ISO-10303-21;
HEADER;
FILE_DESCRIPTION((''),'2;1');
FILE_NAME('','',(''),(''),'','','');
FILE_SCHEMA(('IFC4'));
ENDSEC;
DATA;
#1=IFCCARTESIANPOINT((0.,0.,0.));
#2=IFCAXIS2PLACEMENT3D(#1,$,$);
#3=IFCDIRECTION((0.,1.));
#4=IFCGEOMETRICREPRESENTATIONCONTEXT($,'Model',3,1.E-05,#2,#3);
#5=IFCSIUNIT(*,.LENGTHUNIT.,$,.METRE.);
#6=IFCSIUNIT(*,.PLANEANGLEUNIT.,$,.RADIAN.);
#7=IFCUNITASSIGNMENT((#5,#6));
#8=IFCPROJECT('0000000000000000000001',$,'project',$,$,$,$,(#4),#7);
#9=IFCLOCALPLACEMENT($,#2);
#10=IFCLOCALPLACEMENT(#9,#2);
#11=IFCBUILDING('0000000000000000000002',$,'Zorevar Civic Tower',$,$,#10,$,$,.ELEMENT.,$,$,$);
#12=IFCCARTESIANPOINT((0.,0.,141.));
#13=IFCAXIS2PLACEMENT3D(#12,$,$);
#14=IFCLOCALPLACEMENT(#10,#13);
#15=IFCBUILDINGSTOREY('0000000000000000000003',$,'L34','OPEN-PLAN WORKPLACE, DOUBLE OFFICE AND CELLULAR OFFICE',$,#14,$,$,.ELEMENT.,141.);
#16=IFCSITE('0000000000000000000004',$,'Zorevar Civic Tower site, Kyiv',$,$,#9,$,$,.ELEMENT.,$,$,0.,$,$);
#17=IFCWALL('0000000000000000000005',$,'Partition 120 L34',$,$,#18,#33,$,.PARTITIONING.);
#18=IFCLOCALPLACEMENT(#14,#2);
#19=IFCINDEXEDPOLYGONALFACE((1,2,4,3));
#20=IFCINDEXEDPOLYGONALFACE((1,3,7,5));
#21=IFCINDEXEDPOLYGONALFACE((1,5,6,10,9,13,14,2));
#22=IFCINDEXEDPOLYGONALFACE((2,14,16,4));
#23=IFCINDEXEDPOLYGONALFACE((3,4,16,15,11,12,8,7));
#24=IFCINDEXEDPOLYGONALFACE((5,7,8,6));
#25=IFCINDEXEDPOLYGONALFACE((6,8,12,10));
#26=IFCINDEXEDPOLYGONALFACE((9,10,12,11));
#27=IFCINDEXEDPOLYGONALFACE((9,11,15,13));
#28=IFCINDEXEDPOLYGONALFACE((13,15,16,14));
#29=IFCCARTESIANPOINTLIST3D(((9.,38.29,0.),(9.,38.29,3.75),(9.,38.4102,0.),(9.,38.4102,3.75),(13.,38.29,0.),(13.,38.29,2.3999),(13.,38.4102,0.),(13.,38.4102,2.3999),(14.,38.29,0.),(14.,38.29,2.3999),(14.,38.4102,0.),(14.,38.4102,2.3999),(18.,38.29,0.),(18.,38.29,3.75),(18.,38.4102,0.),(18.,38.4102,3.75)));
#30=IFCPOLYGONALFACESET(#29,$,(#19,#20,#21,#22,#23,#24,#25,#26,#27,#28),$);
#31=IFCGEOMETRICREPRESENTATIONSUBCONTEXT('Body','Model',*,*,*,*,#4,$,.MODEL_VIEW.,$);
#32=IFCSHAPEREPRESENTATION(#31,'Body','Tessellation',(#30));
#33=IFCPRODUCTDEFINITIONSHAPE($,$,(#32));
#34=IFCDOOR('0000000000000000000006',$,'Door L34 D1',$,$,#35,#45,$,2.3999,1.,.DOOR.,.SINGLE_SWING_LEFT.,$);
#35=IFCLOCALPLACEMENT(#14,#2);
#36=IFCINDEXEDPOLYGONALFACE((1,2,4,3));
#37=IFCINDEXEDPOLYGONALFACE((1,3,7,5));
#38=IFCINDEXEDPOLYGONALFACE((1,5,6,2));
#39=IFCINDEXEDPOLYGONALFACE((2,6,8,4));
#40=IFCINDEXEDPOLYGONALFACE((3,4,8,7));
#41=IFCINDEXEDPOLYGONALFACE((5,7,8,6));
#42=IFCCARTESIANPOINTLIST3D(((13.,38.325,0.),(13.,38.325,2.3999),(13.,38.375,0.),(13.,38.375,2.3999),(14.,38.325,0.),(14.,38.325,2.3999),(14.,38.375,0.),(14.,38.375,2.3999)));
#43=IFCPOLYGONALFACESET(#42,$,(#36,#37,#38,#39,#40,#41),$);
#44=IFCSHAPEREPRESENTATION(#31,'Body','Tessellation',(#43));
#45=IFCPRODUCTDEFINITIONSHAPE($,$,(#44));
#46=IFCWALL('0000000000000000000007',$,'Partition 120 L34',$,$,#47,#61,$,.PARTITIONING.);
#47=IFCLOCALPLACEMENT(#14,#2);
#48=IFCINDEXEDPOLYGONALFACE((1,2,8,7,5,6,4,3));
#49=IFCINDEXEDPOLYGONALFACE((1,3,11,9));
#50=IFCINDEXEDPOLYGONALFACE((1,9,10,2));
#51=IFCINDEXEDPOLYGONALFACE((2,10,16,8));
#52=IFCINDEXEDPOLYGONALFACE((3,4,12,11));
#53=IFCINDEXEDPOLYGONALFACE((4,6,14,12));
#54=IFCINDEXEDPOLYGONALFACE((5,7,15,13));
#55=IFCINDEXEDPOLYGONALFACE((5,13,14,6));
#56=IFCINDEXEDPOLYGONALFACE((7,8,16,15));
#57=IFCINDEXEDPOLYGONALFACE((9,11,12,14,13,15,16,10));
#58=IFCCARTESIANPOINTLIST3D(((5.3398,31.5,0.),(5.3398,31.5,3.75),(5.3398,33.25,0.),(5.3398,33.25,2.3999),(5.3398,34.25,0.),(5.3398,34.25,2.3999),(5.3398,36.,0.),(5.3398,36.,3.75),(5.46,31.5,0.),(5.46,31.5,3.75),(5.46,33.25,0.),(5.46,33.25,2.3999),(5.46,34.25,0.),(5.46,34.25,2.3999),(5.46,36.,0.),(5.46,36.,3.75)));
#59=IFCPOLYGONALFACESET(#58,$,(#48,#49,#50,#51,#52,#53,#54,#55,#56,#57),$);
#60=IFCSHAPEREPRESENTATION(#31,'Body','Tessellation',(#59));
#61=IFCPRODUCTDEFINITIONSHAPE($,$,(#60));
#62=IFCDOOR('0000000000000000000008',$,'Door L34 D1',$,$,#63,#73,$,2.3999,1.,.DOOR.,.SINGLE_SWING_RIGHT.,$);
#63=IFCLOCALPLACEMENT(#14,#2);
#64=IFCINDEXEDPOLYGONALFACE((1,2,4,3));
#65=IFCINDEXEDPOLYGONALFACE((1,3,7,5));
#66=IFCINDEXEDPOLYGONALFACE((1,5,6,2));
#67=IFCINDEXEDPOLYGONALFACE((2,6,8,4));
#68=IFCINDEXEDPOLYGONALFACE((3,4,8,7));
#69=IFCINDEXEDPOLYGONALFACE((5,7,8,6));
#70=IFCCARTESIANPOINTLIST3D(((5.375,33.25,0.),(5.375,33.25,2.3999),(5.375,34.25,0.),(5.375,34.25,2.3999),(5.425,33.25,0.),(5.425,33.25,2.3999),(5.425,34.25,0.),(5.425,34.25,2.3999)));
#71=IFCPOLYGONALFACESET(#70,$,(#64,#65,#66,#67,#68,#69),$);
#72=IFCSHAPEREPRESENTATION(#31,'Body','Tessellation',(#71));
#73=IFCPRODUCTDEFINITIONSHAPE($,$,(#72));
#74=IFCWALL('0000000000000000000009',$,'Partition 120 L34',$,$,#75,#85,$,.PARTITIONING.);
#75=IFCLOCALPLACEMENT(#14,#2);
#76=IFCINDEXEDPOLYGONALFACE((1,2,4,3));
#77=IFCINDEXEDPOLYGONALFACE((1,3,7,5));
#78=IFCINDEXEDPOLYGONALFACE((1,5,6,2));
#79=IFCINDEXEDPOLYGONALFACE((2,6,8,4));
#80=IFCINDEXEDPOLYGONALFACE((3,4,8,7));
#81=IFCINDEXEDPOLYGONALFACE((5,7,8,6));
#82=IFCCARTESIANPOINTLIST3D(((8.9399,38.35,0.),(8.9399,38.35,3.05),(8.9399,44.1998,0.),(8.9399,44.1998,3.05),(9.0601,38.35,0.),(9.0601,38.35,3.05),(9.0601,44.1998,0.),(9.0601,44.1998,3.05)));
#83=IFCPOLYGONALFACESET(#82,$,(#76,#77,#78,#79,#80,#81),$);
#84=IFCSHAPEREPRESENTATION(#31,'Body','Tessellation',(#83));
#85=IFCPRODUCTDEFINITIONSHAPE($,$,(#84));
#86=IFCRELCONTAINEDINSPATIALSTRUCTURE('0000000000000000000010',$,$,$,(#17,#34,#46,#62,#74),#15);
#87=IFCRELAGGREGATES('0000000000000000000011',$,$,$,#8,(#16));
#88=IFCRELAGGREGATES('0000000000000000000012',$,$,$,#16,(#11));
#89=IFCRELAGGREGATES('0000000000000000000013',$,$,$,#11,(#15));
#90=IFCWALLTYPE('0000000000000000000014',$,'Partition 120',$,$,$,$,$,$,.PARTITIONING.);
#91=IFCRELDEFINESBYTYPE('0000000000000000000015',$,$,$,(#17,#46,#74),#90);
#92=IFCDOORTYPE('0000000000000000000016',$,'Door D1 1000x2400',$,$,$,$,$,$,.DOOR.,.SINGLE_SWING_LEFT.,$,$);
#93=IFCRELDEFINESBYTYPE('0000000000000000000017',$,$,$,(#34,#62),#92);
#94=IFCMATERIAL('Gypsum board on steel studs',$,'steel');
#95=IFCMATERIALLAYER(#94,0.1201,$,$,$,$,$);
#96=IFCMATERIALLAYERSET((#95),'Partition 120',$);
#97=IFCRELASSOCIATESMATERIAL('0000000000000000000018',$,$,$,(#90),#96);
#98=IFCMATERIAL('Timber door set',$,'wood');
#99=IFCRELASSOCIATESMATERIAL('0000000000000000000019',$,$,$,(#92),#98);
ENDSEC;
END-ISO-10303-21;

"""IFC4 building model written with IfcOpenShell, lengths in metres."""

from ifc_helpers import new_model, si_unit, direction, frame, frame_2d, origin, place, context, subcontext, project, spatial, rectangle, extrude, material, layer, layer_set, type_object, element, fill, save


model = new_model("IFC4")

# Units and contexts
model_context = context("Model", 3, precision=1e-05, world=origin(), true_north=direction((0.0, 1.0)))
body_context = subcontext(model_context, "Body", "Model", "MODEL_VIEW")
ifc_project = project(units=[si_unit("LENGTHUNIT", "METRE"), si_unit("PLANEANGLEUNIT", "RADIAN")], contexts=[model_context])

# Site, building, storey
site_placement = place(None, origin())
site = spatial("IfcSite", under=ifc_project, at=site_placement, Name="Zorevar Civic Tower site, Kyiv", CompositionType="ELEMENT", RefElevation=0.0)
building_placement = place(site_placement, origin())
building = spatial("IfcBuilding", under=site, at=building_placement, Name="Zorevar Civic Tower", CompositionType="ELEMENT")
storey_placement = place(building_placement, frame((0.0, 0.0, 141.0)))
storey = spatial("IfcBuildingStorey", under=building, at=storey_placement, Name="L34", Description="OPEN-PLAN WORKPLACE, DOUBLE OFFICE AND CELLULAR OFFICE", CompositionType="ELEMENT", Elevation=141.0)

# Shared definitions
ifc_material_1 = material(Name="Gypsum board on steel studs", Category="steel")
ifc_layer_1 = layer(ifc_material_1, 0.1201)
ifc_layer_set_1 = layer_set([ifc_layer_1], Name="Partition 120")
wall_type_1 = type_object("IfcWallType", Name="Partition 120", PredefinedType="PARTITIONING", material=ifc_layer_set_1)

# Walls, openings, doors
wall_1_placement = place(storey_placement, frame((9.0, 38.3501, 0.0), z_axis=(0.0, 0.0, 1.0), x_axis=(1.0, 0.0, 0.0)))
wall_1 = element("IfcWall", 1, at=wall_1_placement, inside=storey, type_object=wall_type_1, Name="Partition 120 L34", PredefinedType="PARTITIONING", context=body_context, shape_type="SweptSolid", body=[
    extrude(rectangle(XDim=9.0, YDim=0.1201, at=frame_2d((4.5, 0.0))), origin(), (0.0, 0.0, 1.0), 3.75),
])
opening_1_placement = place(wall_1_placement, frame((4.0, 0.0, 0.0)))
opening_1 = element("IfcOpeningElement", 2, at=opening_1_placement, cuts=wall_1, PredefinedType="OPENING", context=body_context, shape_type="SweptSolid", body=[
    extrude(rectangle(XDim=1.0, YDim=2.3999, at=frame_2d((0.5, 1.2))), frame((0.0, 0.0701, 0.0), z_axis=(0.0, -1.0, 0.0), x_axis=(1.0, 0.0, 0.0)), (0.0, 0.0, 1.0), 0.1401),
])
ifc_material_2 = material(Name="Timber door set", Category="wood")
door_type = type_object("IfcDoorType", Name="Door D1 1000x2400", OperationType="SINGLE_SWING_LEFT", PredefinedType="DOOR", material=ifc_material_2)
door_1_placement = place(opening_1_placement, origin())
door_1 = element("IfcDoor", 3, at=door_1_placement, inside=storey, type_object=door_type, Name="Door L34 D1", OperationType="SINGLE_SWING_LEFT", OverallHeight=2.3999, OverallWidth=1.0, PredefinedType="DOOR", context=body_context, shape_type="SweptSolid", body=[
    extrude(rectangle(XDim=1.0, YDim=2.3999, at=frame_2d((0.5, 1.2))), frame((0.0, 0.0249, 0.0), z_axis=(0.0, -1.0, 0.0), x_axis=(1.0, 0.0, 0.0)), (0.0, 0.0, 1.0), 0.05),
])
fill(opening_1, door_1)
wall_2_placement = place(storey_placement, frame((5.3999, 31.5, 0.0), z_axis=(0.0, 0.0, 1.0), x_axis=(0.0, 1.0, 0.0)))
wall_2 = element("IfcWall", 4, at=wall_2_placement, inside=storey, type_object=wall_type_1, Name="Partition 120 L34", PredefinedType="PARTITIONING", context=body_context, shape_type="SweptSolid", body=[
    extrude(rectangle(XDim=4.5, YDim=0.1201, at=frame_2d((2.25, 0.0))), origin(), (0.0, 0.0, 1.0), 3.75),
])
opening_2_placement = place(wall_2_placement, frame((1.75, 0.0, 0.0)))
opening_2 = element("IfcOpeningElement", 5, at=opening_2_placement, cuts=wall_2, PredefinedType="OPENING", context=body_context, shape_type="SweptSolid", body=[
    extrude(rectangle(XDim=1.0, YDim=2.3999, at=frame_2d((0.5, 1.2))), frame((0.0, 0.0701, 0.0), z_axis=(0.0, -1.0, 0.0), x_axis=(1.0, 0.0, 0.0)), (0.0, 0.0, 1.0), 0.1401),
])
door_2_placement = place(opening_2_placement, origin())
door_2 = element("IfcDoor", 6, at=door_2_placement, inside=storey, type_object=door_type, Name="Door L34 D1", OperationType="SINGLE_SWING_RIGHT", OverallHeight=2.3999, OverallWidth=1.0, PredefinedType="DOOR", context=body_context, shape_type="SweptSolid", body=[
    extrude(rectangle(XDim=1.0, YDim=2.3999, at=frame_2d((0.5, 1.2))), frame((0.0, 0.0249, 0.0), z_axis=(0.0, -1.0, 0.0), x_axis=(1.0, 0.0, 0.0)), (0.0, 0.0, 1.0), 0.05),
])
fill(opening_2, door_2)

# Wall
wall_3_placement = place(storey_placement, frame((9.0, 38.3501, 0.0), z_axis=(0.0, 0.0, 1.0), x_axis=(0.0, 1.0, 0.0)))
element("IfcWall", 7, at=wall_3_placement, inside=storey, type_object=wall_type_1, Name="Partition 120 L34", PredefinedType="PARTITIONING", context=body_context, shape_type="SweptSolid", body=[
    extrude(rectangle(XDim=5.8499, YDim=0.1201, at=frame_2d((2.9248, 0.0))), origin(), (0.0, 0.0, 1.0), 3.05),
])

save(model, "model.ifc")
